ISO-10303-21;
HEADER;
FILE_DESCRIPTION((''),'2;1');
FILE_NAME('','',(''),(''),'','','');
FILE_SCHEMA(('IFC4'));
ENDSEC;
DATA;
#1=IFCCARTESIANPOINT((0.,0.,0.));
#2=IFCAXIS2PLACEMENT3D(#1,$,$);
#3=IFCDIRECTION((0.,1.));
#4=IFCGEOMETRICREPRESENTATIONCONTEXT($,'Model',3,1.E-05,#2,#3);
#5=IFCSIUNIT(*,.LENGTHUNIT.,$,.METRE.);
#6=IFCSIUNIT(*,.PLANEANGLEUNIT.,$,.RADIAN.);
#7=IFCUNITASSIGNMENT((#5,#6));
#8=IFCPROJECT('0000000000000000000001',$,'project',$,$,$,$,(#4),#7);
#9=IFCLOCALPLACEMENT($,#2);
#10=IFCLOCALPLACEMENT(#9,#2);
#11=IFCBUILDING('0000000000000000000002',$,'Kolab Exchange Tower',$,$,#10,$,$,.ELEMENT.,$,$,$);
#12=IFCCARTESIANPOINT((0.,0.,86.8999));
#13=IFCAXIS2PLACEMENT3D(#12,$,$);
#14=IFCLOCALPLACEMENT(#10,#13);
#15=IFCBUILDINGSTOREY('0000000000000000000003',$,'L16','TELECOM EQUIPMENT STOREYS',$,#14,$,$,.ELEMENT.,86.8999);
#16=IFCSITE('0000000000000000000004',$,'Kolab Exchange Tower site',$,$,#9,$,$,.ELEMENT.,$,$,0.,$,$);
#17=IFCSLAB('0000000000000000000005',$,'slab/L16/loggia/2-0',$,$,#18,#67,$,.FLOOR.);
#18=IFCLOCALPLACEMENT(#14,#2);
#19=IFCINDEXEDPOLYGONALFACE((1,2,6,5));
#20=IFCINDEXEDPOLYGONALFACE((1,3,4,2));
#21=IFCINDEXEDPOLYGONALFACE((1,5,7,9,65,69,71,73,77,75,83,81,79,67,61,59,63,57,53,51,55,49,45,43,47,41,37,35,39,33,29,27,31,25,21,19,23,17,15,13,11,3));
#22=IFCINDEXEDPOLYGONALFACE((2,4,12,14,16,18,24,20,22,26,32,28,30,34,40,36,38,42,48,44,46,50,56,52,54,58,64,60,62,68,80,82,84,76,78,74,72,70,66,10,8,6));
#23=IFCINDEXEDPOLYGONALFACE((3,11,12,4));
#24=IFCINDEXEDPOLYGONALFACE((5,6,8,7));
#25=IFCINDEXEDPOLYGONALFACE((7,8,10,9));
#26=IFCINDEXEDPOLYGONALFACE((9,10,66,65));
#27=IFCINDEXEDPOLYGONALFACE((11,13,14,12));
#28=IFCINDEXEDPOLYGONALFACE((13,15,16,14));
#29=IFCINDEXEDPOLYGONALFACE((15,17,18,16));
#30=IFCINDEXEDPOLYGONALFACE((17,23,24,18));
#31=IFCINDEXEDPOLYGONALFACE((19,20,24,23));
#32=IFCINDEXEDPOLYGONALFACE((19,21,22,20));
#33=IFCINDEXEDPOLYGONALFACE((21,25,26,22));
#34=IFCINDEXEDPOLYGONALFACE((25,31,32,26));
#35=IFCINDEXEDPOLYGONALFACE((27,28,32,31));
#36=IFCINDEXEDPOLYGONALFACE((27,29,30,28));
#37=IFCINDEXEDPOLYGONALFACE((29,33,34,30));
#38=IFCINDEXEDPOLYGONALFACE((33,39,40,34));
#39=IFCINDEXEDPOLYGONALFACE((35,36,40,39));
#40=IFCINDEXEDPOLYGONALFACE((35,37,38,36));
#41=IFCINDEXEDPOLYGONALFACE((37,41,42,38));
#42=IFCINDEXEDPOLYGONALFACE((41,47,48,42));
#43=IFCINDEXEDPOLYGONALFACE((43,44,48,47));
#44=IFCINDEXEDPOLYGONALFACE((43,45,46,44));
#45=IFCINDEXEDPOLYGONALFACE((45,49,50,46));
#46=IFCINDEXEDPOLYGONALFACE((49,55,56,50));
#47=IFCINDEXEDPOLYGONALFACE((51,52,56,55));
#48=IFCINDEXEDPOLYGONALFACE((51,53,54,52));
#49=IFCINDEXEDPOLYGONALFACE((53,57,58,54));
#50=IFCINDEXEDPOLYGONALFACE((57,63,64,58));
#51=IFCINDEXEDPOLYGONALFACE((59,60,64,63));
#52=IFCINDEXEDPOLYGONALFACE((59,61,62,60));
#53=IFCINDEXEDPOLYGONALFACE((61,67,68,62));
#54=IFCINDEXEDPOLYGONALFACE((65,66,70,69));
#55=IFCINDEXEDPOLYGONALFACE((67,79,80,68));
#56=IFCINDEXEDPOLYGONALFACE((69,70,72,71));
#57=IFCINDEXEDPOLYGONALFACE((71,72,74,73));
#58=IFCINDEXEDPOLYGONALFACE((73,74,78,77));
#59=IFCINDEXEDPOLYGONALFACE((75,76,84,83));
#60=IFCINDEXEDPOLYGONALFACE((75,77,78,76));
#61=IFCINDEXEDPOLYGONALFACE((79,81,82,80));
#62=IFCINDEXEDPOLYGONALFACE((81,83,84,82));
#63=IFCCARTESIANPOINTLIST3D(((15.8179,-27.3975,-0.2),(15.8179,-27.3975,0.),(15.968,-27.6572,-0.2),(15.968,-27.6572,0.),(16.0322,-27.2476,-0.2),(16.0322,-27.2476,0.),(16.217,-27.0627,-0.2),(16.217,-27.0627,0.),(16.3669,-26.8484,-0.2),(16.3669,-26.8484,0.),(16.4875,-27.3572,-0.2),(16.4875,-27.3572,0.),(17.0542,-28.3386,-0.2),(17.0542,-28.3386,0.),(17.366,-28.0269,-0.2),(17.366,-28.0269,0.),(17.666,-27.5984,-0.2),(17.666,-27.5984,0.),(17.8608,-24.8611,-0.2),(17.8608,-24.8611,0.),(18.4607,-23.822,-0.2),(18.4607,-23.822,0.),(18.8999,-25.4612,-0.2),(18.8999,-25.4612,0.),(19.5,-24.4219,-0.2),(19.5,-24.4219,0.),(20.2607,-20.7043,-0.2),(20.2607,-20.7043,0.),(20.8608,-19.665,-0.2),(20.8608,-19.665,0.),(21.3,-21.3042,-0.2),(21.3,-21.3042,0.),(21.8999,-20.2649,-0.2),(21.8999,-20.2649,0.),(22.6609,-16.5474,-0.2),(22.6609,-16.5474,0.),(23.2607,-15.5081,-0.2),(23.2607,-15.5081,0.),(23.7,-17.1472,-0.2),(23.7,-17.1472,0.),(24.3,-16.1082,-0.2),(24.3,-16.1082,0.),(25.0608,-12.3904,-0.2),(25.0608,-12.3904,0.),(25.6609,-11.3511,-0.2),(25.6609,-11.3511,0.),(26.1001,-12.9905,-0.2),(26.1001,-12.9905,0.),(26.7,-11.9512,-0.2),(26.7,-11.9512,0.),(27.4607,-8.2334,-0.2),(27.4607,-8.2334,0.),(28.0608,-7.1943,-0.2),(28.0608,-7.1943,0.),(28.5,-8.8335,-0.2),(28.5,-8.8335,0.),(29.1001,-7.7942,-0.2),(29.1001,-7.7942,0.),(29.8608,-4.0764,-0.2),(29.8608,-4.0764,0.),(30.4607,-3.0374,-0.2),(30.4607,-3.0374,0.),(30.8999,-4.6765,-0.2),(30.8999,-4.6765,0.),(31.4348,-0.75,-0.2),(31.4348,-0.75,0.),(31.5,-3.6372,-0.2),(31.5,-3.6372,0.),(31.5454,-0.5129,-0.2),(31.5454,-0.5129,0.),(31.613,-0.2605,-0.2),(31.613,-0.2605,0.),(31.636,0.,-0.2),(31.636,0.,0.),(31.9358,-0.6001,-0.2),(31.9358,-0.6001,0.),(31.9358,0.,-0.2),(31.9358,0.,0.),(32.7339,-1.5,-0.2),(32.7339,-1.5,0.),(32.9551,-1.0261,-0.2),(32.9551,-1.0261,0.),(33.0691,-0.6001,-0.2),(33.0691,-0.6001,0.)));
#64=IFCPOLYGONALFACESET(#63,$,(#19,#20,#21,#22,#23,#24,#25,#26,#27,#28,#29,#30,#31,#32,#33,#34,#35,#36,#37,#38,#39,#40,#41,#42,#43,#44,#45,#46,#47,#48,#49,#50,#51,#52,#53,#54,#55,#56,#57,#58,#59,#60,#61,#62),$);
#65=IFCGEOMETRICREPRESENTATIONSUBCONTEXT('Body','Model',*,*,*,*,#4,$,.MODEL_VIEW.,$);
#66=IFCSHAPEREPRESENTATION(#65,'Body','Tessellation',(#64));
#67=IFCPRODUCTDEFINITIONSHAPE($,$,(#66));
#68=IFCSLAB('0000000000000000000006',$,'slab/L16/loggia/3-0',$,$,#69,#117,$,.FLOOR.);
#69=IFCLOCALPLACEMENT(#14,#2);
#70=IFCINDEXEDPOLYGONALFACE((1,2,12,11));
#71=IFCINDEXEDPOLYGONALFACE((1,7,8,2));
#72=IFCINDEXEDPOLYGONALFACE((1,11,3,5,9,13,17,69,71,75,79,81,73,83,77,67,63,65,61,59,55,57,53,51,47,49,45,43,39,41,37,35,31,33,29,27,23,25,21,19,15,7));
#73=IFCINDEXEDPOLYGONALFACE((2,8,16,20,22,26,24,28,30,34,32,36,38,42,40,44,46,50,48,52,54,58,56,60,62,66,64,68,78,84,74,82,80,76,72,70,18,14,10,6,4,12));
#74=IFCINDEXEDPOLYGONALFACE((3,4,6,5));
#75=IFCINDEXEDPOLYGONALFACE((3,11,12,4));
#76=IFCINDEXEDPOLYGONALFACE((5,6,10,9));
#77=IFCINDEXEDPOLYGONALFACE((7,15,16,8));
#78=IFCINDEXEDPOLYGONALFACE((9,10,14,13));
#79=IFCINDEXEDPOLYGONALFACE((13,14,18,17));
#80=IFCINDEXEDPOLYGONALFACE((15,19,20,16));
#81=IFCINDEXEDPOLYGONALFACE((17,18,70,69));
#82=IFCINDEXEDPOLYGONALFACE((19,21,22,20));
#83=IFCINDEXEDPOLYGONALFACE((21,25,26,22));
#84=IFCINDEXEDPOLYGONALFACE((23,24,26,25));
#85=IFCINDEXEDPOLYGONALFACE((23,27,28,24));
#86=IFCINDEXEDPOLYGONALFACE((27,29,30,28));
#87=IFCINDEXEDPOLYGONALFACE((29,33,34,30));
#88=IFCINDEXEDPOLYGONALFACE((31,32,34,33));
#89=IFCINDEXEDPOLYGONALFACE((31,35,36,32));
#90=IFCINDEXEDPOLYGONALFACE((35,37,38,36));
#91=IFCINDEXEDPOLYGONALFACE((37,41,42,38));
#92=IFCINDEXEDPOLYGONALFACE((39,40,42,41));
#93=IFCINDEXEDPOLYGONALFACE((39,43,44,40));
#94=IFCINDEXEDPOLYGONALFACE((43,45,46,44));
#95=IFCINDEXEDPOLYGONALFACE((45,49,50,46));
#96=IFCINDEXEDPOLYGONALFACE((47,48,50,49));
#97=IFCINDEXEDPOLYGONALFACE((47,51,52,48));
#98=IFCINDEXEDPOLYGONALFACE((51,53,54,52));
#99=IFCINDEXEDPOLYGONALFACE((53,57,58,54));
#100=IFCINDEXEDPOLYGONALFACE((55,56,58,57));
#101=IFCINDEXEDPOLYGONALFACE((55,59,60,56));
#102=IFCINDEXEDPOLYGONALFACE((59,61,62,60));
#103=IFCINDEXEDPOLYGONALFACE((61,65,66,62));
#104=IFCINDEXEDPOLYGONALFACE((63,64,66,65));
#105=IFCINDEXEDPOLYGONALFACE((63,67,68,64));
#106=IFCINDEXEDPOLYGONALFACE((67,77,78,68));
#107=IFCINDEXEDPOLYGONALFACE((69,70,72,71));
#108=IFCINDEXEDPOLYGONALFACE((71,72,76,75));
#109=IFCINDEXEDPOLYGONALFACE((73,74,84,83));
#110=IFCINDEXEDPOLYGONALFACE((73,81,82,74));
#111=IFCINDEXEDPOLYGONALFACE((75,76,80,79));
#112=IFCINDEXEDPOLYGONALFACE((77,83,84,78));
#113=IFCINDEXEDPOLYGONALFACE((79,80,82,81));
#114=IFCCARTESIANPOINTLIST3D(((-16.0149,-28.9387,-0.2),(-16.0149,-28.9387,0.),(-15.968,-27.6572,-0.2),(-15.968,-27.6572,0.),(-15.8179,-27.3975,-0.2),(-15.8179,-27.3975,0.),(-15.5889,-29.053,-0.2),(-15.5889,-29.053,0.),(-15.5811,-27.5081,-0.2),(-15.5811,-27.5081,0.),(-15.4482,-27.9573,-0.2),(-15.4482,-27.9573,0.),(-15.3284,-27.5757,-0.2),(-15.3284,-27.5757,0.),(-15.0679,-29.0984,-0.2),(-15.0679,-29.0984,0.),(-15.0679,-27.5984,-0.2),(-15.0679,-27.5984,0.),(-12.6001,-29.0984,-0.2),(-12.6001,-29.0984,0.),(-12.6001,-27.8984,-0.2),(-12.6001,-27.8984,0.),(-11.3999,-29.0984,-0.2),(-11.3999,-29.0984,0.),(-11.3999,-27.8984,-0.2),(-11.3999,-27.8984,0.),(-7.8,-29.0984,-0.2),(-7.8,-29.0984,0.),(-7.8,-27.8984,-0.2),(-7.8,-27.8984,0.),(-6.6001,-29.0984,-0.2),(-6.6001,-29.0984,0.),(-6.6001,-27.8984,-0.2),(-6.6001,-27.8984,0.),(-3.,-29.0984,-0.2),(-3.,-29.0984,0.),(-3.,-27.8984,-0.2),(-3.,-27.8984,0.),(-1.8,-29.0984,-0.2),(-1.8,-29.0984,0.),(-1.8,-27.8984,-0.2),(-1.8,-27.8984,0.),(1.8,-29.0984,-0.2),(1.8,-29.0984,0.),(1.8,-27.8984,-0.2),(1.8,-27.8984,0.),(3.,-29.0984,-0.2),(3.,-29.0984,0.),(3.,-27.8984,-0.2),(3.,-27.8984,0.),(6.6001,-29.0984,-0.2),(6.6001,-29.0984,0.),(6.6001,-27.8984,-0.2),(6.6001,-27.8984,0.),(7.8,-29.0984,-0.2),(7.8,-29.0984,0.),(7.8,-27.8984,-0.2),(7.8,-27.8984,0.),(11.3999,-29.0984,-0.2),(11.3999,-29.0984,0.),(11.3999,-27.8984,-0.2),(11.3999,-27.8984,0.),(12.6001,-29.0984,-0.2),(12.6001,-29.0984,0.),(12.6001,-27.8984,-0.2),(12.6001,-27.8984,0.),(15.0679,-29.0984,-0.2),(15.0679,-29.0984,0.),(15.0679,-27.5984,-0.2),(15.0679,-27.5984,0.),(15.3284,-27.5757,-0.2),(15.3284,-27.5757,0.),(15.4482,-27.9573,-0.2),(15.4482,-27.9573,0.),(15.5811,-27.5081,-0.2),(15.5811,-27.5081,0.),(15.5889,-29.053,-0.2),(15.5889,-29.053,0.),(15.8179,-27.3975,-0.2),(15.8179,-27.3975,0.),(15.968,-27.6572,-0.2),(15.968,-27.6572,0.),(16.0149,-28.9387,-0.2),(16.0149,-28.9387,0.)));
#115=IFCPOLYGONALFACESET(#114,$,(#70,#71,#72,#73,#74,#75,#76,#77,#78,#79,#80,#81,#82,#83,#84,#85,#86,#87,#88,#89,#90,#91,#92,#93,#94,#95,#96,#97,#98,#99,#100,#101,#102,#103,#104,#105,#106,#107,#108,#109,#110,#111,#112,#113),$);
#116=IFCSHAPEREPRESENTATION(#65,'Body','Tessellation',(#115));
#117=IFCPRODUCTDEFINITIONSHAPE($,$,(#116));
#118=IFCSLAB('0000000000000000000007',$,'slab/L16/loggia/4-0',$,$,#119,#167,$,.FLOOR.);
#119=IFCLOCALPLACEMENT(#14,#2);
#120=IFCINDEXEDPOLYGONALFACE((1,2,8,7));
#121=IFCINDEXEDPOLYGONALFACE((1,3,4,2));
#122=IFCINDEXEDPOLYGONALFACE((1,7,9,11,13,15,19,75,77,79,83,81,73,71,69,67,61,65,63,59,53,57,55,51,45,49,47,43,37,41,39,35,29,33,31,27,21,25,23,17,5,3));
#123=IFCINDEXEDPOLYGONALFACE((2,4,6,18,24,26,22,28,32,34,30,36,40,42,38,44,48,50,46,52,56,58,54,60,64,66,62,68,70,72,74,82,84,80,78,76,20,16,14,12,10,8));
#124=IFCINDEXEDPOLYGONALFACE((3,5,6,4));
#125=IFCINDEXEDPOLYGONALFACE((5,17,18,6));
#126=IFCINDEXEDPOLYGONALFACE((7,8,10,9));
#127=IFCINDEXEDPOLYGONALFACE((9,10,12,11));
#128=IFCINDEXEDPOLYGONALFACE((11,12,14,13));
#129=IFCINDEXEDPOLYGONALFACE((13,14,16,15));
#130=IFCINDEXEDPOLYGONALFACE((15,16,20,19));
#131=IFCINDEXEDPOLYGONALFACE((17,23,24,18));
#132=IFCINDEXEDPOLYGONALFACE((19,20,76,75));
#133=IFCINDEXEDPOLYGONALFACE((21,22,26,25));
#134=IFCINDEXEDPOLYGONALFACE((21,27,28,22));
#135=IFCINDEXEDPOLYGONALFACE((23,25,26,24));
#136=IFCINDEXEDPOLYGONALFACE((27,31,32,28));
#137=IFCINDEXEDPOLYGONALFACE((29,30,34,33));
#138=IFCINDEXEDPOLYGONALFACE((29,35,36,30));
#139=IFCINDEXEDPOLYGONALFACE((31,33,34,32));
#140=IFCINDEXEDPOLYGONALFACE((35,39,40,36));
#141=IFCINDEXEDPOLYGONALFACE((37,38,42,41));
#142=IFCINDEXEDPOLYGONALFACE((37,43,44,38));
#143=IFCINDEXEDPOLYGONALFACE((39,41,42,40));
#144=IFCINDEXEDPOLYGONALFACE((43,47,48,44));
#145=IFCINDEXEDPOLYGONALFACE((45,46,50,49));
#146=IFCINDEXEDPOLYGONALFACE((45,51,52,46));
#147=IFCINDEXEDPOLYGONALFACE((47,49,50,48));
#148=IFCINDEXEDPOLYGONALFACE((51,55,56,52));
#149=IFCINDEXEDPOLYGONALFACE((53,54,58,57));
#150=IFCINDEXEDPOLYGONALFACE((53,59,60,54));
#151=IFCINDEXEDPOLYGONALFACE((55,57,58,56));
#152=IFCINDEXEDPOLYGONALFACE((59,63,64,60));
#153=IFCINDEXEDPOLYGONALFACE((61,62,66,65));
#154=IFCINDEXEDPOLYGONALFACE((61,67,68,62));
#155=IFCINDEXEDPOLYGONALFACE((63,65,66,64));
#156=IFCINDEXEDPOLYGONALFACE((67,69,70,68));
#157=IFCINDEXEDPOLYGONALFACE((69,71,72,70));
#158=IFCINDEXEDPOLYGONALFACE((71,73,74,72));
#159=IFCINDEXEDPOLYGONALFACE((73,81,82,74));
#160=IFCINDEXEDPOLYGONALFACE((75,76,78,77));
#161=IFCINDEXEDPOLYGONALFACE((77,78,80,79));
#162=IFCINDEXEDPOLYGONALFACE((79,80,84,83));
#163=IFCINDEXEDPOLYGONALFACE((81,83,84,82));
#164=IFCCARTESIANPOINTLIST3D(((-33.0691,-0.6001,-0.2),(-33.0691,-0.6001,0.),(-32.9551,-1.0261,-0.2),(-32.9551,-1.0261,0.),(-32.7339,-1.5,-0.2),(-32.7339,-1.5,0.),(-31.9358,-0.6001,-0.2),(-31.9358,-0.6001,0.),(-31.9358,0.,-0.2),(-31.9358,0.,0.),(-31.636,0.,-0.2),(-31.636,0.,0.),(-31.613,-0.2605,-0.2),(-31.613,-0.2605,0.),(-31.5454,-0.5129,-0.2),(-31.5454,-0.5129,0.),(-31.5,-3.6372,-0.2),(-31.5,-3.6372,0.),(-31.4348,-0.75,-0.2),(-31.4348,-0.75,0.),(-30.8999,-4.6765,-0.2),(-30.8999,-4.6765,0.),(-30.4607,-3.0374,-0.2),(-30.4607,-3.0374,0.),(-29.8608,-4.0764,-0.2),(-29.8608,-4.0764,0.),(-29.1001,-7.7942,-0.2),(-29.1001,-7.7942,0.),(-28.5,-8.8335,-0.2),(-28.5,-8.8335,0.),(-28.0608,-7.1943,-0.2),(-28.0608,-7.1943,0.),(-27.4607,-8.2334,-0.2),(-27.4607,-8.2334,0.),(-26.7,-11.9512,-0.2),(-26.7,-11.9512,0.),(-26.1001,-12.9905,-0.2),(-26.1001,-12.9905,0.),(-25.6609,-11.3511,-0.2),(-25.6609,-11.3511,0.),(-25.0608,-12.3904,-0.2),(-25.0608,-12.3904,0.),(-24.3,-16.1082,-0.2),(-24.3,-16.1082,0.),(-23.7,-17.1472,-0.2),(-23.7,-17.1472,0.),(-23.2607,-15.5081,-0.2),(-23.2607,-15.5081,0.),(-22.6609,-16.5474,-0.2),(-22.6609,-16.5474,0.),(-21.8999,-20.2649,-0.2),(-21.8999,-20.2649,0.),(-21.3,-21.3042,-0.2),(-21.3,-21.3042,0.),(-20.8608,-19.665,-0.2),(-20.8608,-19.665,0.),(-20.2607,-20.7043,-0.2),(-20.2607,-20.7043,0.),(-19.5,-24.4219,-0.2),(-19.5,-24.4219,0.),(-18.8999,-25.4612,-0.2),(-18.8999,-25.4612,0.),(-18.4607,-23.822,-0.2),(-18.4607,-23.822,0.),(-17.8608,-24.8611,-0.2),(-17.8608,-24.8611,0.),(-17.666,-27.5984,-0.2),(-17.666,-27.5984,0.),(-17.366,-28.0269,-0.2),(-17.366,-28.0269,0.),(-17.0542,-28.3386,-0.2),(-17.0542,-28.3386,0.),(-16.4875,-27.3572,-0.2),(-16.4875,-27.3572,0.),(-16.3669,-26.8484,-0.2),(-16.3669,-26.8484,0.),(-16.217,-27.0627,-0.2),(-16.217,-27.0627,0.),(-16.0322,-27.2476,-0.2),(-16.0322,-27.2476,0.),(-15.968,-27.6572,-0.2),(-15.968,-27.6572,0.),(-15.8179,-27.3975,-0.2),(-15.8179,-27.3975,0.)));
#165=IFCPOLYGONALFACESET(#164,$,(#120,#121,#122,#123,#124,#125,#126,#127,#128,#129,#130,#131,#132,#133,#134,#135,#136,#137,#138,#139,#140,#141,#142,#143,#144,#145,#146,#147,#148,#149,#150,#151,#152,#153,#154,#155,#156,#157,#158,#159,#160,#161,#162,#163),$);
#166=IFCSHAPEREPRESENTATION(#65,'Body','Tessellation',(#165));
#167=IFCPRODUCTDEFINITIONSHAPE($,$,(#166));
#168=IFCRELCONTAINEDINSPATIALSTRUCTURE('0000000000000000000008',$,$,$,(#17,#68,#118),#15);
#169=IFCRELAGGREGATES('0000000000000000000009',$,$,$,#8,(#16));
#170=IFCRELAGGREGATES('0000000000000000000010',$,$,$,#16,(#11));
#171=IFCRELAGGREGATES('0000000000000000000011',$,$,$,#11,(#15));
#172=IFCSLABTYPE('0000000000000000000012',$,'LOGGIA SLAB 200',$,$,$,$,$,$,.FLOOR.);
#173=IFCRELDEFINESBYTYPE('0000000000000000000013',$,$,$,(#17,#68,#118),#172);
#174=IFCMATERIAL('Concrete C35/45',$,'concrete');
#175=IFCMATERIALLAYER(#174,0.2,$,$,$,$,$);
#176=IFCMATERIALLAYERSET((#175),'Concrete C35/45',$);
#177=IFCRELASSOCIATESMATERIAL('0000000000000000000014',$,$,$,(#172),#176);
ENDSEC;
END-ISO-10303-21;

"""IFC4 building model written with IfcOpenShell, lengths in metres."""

from ifc_helpers import new_model, si_unit, direction, frame, origin, place, context, subcontext, project, spatial, polyline, outline, extrude, material, layer, layer_set, type_object, element, save


model = new_model("IFC4")

# Units and contexts
model_context = context("Model", 3, precision=1e-05, world=origin(), true_north=direction((0.0, 1.0)))
body_context = subcontext(model_context, "Body", "Model", "MODEL_VIEW")
ifc_project = project(units=[si_unit("LENGTHUNIT", "METRE"), si_unit("PLANEANGLEUNIT", "RADIAN")], contexts=[model_context])

# Site, building, storey
site_placement = place(None, origin())
site = spatial("IfcSite", under=ifc_project, at=site_placement, Name="Kolab Exchange Tower site", CompositionType="ELEMENT", RefElevation=0.0)
building_placement = place(site_placement, origin())
building = spatial("IfcBuilding", under=site, at=building_placement, Name="Kolab Exchange Tower", CompositionType="ELEMENT")
storey_placement = place(building_placement, frame((0.0, 0.0, 86.8999)))
storey = spatial("IfcBuildingStorey", under=building, at=storey_placement, Name="L16", Description="TELECOM EQUIPMENT STOREYS", CompositionType="ELEMENT", Elevation=86.8999)

# Slabs
ifc_material_1 = material(Name="Concrete C35/45", Category="concrete")
ifc_layer_1 = layer(ifc_material_1, 0.2)
ifc_layer_set_1 = layer_set([ifc_layer_1], Name="Concrete C35/45")
slab_type_1 = type_object("IfcSlabType", Name="LOGGIA SLAB 200", PredefinedType="FLOOR", material=ifc_layer_set_1)
slab_1_placement = place(storey_placement, frame((0.0, 0.0, -0.2)))
element("IfcSlab", 1, at=slab_1_placement, inside=storey, type_object=slab_type_1, Name="slab/L16/loggia/2-0", PredefinedType="FLOOR", context=body_context, shape_type="SweptSolid", body=[
    extrude(outline(polyline([(17.666, -27.5984), (18.8999, -25.4612), (17.8608, -24.8611), (18.4607, -23.822), (19.5, -24.4219), (21.3, -21.3042), (20.2607, -20.7043), (20.8608, -19.665), (21.8999, -20.2649), (23.7, -17.1472), (22.6609, -16.5474), (23.2607, -15.5081), (24.3, -16.1082), (26.1001, -12.9905), (25.0608, -12.3904), (25.6609, -11.3511), (26.7, -11.9512), (28.5, -8.8335), (27.4607, -8.2334), (28.0608, -7.1943), (29.1001, -7.7942), (30.8999, -4.6765), (29.8608, -4.0764), (30.4607, -3.0374), (31.5, -3.6372), (32.7339, -1.5), (32.9551, -1.0261), (33.0691, -0.6001), (31.9358, -0.6001), (31.9358, 0.0), (31.636, 0.0), (31.613, -0.2605), (31.5454, -0.5129), (31.4348, -0.75), (16.3669, -26.8484), (16.217, -27.0627), (16.0322, -27.2476), (15.8179, -27.3975), (15.968, -27.6572), (16.4875, -27.3572), (17.0542, -28.3386), (17.366, -28.0269), (17.666, -27.5984)])), origin(), (0.0, 0.0, 1.0), 0.2),
])
slab_2_placement = place(storey_placement, frame((0.0, 0.0, -0.2)))
element("IfcSlab", 2, at=slab_2_placement, inside=storey, type_object=slab_type_1, Name="slab/L16/loggia/3-0", PredefinedType="FLOOR", context=body_context, shape_type="SweptSolid", body=[
    extrude(outline(polyline([(-15.8179, -27.3975), (-15.968, -27.6572), (-15.4482, -27.9573), (-16.0149, -28.9387), (-15.5889, -29.053), (-15.0679, -29.0984), (-12.6001, -29.0984), (-12.6001, -27.8984), (-11.3999, -27.8984), (-11.3999, -29.0984), (-7.8, -29.0984), (-7.8, -27.8984), (-6.6001, -27.8984), (-6.6001, -29.0984), (-3.0, -29.0984), (-3.0, -27.8984), (-1.8, -27.8984), (-1.8, -29.0984), (1.8, -29.0984), (1.8, -27.8984), (3.0, -27.8984), (3.0, -29.0984), (6.6001, -29.0984), (6.6001, -27.8984), (7.8, -27.8984), (7.8, -29.0984), (11.3999, -29.0984), (11.3999, -27.8984), (12.6001, -27.8984), (12.6001, -29.0984), (15.0679, -29.0984), (15.5889, -29.053), (16.0149, -28.9387), (15.4482, -27.9573), (15.968, -27.6572), (15.8179, -27.3975), (15.5811, -27.5081), (15.3284, -27.5757), (15.0679, -27.5984), (-15.0679, -27.5984), (-15.3284, -27.5757), (-15.5811, -27.5081), (-15.8179, -27.3975)])), origin(), (0.0, 0.0, 1.0), 0.2),
])
slab_3_placement = place(storey_placement, frame((0.0, 0.0, -0.2)))
element("IfcSlab", 3, at=slab_3_placement, inside=storey, type_object=slab_type_1, Name="slab/L16/loggia/4-0", PredefinedType="FLOOR", context=body_context, shape_type="SweptSolid", body=[
    extrude(outline(polyline([(-31.636, 0.0), (-31.9358, 0.0), (-31.9358, -0.6001), (-33.0691, -0.6001), (-32.9551, -1.0261), (-32.7339, -1.5), (-31.5, -3.6372), (-30.4607, -3.0374), (-29.8608, -4.0764), (-30.8999, -4.6765), (-29.1001, -7.7942), (-28.0608, -7.1943), (-27.4607, -8.2334), (-28.5, -8.8335), (-26.7, -11.9512), (-25.6609, -11.3511), (-25.0608, -12.3904), (-26.1001, -12.9905), (-24.3, -16.1082), (-23.2607, -15.5081), (-22.6609, -16.5474), (-23.7, -17.1472), (-21.8999, -20.2649), (-20.8608, -19.665), (-20.2607, -20.7043), (-21.3, -21.3042), (-19.5, -24.4219), (-18.4607, -23.822), (-17.8608, -24.8611), (-18.8999, -25.4612), (-17.666, -27.5984), (-17.366, -28.0269), (-17.0542, -28.3386), (-16.4875, -27.3572), (-15.968, -27.6572), (-15.8179, -27.3975), (-16.0322, -27.2476), (-16.217, -27.0627), (-16.3669, -26.8484), (-31.4348, -0.75), (-31.5454, -0.5129), (-31.613, -0.2605), (-31.636, 0.0)])), origin(), (0.0, 0.0, 1.0), 0.2),
])

save(model, "model.ifc")
